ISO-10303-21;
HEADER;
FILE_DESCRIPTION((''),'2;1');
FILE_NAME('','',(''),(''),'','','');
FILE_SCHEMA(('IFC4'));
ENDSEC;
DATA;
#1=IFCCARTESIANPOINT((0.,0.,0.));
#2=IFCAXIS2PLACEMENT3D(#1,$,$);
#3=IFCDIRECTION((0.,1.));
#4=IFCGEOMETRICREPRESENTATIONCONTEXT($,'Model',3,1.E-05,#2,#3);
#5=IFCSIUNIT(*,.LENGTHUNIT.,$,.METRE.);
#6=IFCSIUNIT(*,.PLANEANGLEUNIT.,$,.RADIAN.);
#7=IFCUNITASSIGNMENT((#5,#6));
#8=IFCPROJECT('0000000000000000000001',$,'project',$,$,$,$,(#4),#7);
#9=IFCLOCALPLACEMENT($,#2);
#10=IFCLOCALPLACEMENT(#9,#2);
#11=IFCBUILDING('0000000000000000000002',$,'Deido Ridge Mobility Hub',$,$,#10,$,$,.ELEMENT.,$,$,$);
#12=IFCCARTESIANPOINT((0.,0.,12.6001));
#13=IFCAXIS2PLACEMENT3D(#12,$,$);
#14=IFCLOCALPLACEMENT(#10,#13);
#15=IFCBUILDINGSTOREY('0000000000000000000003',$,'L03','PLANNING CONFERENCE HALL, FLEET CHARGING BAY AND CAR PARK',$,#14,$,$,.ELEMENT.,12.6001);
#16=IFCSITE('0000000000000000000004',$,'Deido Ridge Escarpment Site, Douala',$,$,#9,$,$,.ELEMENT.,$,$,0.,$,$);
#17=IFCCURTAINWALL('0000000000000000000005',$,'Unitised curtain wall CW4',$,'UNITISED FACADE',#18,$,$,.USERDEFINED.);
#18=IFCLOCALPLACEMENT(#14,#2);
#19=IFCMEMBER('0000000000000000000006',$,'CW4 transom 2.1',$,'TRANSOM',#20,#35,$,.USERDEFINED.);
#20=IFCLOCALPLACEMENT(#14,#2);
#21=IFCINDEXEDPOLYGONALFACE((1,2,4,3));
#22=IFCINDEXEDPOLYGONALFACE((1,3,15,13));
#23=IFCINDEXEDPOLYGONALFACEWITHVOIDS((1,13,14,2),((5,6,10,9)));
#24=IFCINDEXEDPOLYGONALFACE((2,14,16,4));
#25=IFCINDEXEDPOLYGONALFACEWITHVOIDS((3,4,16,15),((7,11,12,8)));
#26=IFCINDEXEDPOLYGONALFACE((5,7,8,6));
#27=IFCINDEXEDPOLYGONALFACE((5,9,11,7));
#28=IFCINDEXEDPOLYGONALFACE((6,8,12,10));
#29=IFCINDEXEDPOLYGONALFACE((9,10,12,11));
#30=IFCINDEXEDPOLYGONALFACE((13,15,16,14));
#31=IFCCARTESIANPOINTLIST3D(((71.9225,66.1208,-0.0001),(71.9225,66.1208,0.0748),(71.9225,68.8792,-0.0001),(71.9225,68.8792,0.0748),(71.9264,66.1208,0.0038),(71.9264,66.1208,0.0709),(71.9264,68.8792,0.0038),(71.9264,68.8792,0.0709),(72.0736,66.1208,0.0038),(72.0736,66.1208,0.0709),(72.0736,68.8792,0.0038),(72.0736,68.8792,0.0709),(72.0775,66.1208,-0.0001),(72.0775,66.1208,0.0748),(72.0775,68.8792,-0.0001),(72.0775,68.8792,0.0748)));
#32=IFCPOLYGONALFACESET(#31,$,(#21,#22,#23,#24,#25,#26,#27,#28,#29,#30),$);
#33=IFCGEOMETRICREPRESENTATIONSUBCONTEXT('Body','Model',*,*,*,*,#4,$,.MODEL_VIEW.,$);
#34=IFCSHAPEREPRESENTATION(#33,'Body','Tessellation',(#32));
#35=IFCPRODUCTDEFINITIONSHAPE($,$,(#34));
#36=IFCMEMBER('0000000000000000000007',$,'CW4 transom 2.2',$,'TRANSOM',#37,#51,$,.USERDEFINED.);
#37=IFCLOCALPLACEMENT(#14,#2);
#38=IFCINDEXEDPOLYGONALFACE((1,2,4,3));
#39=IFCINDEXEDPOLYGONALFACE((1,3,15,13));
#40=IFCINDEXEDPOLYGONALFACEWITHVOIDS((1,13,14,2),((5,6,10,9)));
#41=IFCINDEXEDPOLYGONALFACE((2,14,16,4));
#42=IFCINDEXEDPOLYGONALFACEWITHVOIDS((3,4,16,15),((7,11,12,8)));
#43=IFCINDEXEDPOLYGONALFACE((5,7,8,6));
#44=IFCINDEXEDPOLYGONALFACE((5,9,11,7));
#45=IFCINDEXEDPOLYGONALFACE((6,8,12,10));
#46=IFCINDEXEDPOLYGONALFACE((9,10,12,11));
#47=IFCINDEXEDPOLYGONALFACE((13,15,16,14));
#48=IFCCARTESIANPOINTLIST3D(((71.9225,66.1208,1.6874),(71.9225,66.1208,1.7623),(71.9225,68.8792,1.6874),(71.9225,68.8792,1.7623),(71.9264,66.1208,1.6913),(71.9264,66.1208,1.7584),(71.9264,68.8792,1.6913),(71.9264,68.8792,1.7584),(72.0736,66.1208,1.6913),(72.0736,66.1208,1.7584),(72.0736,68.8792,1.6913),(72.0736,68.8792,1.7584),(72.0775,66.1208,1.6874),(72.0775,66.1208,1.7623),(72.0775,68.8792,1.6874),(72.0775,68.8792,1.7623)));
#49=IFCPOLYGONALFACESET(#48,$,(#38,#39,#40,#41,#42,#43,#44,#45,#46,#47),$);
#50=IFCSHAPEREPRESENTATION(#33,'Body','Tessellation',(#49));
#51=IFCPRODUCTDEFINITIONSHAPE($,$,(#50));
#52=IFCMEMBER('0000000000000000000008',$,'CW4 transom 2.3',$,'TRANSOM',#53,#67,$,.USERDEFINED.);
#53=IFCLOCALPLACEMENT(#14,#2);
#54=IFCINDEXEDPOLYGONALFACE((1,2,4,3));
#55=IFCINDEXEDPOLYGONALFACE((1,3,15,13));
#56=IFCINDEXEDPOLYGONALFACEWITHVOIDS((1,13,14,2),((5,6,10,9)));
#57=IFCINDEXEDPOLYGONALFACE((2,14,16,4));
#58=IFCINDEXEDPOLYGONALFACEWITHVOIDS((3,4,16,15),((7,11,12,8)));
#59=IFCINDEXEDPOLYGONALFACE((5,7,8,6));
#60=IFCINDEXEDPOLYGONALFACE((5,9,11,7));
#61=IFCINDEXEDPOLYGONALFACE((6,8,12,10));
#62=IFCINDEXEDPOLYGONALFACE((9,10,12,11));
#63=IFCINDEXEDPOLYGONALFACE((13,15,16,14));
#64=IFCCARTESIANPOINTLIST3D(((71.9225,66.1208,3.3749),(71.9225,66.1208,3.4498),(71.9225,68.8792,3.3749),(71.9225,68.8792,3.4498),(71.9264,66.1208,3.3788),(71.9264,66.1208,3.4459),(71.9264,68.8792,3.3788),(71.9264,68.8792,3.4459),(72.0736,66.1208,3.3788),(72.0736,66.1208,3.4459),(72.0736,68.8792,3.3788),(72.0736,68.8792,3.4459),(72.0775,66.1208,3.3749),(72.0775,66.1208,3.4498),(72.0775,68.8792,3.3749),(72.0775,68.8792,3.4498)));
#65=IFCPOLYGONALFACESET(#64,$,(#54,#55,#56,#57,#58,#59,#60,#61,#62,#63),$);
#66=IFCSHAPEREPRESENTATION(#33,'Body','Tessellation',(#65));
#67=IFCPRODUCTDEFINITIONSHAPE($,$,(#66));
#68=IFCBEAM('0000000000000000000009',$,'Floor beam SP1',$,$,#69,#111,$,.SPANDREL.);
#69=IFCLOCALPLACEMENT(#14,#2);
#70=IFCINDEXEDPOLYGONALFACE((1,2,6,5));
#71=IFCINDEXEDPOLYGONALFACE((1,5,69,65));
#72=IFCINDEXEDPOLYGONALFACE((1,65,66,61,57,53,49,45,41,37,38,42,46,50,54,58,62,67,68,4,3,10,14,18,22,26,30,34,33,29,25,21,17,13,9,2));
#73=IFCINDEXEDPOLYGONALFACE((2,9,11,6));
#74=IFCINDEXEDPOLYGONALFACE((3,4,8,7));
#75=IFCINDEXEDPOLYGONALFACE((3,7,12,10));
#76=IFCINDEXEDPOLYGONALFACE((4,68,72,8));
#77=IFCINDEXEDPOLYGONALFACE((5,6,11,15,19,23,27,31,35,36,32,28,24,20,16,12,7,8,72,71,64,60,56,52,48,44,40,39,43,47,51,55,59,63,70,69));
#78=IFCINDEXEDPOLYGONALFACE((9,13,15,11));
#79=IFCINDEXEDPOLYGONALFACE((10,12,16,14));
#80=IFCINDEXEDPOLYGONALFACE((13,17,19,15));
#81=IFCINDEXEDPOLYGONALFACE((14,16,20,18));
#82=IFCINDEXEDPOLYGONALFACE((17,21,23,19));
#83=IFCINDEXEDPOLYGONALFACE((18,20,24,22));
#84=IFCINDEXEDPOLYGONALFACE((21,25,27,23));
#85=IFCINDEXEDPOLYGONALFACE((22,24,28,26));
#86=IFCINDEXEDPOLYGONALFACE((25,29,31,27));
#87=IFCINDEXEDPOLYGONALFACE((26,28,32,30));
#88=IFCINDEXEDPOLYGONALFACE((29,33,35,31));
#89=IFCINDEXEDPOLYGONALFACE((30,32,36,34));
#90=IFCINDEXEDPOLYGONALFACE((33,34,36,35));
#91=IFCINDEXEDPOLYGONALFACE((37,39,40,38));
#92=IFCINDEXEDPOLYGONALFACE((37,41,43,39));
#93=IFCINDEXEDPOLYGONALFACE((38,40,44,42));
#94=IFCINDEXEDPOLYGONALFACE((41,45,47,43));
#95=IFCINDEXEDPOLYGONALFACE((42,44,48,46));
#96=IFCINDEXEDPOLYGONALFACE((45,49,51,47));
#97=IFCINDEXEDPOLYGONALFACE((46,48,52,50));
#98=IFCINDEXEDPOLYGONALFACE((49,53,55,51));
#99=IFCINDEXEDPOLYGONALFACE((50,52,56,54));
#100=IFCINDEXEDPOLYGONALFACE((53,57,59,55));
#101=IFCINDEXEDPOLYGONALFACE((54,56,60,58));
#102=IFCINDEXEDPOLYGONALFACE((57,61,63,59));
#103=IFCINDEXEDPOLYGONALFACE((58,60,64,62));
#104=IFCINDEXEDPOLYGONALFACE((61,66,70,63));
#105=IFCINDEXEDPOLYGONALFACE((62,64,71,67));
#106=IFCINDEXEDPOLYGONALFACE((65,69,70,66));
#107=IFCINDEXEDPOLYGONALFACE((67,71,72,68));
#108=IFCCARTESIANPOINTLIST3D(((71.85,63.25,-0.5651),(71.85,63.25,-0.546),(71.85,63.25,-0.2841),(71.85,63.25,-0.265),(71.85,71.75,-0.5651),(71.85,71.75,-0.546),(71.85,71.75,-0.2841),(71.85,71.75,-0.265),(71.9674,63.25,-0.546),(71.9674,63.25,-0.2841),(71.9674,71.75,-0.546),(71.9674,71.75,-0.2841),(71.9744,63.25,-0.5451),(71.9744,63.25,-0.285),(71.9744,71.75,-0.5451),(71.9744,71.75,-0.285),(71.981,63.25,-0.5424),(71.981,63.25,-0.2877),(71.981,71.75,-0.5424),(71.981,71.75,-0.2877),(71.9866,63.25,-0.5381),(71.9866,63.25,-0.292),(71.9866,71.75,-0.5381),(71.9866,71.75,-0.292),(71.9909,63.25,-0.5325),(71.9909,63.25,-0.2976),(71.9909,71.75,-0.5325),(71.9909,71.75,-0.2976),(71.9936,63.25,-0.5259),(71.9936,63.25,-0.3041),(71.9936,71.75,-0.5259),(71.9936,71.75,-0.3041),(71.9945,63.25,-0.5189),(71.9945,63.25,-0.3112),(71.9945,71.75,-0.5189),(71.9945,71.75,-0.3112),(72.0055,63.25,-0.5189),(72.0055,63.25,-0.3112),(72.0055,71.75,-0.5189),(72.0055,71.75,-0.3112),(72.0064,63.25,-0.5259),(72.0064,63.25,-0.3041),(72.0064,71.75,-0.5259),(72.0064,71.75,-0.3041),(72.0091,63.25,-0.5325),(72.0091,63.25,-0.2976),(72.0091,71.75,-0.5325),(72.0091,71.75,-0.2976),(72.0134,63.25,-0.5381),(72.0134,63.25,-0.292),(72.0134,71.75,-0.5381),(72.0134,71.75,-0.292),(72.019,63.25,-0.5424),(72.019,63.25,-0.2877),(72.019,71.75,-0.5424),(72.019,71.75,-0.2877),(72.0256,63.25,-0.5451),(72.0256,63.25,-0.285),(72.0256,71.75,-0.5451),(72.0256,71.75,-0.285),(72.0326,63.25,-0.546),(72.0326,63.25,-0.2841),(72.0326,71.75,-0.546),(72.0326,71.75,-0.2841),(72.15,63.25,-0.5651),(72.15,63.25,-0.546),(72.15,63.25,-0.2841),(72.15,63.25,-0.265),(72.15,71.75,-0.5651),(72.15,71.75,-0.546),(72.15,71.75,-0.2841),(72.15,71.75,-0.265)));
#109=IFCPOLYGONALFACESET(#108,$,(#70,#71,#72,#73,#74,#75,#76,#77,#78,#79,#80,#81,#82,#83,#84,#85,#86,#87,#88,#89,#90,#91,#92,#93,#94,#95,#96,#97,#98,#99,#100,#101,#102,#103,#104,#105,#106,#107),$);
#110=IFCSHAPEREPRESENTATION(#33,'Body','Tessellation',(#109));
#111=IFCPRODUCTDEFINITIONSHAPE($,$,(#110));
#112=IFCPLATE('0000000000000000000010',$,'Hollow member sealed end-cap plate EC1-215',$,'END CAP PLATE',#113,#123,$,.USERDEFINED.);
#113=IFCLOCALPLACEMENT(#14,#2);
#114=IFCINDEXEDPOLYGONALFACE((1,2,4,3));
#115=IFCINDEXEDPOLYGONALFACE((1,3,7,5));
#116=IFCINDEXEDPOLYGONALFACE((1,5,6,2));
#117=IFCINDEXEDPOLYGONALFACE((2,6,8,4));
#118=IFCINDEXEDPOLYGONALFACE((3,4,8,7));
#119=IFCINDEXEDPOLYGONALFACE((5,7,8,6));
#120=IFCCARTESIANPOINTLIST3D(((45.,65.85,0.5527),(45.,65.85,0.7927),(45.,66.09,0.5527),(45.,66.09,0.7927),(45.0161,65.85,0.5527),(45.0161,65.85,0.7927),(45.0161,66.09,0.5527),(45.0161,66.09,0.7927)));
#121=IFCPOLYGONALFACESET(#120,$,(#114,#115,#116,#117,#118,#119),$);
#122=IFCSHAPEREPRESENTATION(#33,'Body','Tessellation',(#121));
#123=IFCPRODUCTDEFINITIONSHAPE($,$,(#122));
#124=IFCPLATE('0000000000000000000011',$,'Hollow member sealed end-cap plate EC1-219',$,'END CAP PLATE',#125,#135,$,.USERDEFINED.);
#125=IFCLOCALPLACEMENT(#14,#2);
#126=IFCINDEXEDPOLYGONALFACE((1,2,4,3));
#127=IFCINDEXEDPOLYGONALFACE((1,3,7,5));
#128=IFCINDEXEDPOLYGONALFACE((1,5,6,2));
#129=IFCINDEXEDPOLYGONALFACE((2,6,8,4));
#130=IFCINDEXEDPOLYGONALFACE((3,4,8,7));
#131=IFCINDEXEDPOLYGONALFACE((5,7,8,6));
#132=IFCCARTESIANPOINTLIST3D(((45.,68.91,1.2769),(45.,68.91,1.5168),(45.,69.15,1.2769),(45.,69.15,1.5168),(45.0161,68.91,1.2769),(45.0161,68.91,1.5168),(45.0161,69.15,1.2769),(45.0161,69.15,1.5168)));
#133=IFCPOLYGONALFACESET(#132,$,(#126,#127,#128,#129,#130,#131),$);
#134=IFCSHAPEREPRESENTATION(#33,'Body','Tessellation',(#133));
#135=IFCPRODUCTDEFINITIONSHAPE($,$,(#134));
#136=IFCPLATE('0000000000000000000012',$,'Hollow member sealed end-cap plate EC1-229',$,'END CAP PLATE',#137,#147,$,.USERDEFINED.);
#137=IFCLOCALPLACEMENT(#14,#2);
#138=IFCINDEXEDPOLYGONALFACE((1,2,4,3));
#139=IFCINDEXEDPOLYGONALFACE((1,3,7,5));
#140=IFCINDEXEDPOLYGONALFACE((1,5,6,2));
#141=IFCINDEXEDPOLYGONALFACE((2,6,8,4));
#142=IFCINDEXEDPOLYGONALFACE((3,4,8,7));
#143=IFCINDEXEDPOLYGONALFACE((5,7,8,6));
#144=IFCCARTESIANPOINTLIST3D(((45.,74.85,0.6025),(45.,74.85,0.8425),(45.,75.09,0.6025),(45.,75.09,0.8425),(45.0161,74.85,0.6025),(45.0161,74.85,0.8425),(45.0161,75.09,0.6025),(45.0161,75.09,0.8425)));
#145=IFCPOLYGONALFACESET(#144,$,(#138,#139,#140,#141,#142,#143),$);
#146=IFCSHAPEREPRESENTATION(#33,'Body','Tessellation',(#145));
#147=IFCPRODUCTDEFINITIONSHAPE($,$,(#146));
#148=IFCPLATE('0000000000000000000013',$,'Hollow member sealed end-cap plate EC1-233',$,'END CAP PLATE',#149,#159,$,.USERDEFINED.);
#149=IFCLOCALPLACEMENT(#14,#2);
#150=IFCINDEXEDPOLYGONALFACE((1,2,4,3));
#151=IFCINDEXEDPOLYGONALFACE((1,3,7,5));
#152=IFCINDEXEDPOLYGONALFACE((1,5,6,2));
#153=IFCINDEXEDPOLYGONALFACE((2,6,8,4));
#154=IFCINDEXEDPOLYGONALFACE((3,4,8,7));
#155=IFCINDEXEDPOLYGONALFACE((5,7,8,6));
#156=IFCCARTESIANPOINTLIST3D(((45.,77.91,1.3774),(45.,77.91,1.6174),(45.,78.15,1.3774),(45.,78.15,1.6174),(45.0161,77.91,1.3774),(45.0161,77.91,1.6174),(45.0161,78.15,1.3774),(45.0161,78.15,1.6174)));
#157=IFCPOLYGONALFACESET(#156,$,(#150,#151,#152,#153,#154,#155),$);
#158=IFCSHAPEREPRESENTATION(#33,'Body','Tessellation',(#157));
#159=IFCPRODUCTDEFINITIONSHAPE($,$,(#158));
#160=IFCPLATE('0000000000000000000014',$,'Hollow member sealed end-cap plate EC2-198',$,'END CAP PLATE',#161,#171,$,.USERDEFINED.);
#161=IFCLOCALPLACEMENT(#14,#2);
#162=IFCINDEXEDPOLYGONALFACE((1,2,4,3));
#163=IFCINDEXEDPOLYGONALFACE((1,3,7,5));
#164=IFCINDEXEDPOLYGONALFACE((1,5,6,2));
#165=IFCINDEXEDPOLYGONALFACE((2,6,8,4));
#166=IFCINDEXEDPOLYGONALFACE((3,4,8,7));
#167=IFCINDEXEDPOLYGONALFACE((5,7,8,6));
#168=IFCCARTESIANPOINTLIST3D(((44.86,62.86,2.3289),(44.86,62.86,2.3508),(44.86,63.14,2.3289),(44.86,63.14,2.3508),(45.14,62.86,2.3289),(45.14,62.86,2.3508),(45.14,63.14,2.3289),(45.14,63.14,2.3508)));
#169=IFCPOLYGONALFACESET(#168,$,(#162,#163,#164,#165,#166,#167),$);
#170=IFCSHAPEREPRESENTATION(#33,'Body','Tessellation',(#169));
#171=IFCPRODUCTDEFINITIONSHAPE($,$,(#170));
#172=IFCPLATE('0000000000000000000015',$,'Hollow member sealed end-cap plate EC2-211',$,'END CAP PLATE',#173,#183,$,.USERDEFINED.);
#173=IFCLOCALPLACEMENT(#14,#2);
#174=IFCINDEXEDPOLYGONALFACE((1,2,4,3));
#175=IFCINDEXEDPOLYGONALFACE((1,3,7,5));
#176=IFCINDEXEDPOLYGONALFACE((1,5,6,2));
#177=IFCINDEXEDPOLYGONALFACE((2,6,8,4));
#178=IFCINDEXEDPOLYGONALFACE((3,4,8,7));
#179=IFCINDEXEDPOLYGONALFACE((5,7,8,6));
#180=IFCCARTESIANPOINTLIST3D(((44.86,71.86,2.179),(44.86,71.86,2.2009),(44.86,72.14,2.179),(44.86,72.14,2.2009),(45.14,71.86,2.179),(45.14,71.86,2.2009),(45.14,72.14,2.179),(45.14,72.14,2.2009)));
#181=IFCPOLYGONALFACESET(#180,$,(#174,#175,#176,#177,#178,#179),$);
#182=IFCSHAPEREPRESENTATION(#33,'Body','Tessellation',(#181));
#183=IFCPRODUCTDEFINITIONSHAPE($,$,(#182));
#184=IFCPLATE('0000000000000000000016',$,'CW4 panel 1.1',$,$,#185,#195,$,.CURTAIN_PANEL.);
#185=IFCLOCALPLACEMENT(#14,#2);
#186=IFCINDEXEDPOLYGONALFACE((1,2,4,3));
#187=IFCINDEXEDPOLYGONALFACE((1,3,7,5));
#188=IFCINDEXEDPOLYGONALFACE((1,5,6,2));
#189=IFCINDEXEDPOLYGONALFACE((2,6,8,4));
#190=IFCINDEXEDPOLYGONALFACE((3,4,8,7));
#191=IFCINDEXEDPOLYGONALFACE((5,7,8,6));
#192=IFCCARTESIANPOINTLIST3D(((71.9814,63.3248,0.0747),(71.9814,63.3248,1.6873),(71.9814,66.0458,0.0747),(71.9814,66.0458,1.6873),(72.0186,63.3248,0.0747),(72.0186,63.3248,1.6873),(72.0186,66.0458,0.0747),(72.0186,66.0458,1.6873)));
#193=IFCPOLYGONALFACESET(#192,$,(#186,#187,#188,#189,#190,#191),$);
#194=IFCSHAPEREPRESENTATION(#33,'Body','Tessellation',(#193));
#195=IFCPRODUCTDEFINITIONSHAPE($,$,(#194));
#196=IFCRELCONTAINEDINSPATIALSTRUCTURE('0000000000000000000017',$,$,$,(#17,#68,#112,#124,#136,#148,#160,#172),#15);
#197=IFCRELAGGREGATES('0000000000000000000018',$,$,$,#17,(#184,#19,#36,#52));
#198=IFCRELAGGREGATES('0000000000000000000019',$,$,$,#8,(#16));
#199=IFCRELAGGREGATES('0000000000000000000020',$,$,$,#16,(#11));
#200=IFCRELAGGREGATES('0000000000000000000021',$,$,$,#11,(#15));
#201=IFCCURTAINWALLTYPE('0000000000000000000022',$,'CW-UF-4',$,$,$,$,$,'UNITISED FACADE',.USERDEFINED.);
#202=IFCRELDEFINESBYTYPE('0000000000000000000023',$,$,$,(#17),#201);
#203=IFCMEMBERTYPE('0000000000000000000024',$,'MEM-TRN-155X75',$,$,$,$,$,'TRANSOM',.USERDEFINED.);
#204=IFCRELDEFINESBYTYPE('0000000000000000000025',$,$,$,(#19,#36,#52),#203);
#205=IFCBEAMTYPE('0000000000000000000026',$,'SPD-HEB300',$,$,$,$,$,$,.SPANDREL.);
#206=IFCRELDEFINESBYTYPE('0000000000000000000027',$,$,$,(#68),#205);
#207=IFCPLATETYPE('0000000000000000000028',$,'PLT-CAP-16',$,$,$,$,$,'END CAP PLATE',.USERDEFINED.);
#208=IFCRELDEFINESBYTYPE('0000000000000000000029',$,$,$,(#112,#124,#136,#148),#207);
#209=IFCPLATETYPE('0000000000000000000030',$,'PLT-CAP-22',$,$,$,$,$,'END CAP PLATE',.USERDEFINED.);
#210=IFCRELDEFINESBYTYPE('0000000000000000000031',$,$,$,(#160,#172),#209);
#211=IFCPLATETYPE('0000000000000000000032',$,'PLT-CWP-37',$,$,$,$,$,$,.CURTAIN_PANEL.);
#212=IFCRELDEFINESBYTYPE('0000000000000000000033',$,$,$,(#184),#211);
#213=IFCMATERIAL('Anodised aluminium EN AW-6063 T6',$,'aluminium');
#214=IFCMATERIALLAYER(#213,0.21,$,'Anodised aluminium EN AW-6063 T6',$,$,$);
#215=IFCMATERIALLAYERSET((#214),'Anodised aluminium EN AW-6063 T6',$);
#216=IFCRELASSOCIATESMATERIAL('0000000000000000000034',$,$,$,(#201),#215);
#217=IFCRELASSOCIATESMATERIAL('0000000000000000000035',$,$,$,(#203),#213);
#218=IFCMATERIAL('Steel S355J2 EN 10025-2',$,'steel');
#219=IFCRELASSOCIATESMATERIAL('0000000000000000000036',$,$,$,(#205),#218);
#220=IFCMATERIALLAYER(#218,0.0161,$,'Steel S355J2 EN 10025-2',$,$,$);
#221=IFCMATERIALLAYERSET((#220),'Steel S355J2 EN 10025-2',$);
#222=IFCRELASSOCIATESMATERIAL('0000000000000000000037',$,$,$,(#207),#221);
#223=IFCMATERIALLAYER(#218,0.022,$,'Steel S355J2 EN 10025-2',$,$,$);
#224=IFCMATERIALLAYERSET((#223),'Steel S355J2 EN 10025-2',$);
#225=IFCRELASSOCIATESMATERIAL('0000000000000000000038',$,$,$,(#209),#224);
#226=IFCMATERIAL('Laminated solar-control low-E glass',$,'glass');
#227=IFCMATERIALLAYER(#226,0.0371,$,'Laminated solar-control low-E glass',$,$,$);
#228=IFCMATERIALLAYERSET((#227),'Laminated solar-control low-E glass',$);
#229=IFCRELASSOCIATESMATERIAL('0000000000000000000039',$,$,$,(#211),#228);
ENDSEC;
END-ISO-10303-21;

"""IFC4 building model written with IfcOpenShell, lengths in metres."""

from ifc_helpers import new_model, si_unit, direction, frame, origin, origin_2d, place, context, subcontext, project, spatial, rectangle, hollow_rectangle, i_section, extrude, material, layer, layer_set, material_profile, profile_set, type_object, element, aggregate, save


model = new_model("IFC4")

# Units and contexts
model_context = context("Model", 3, precision=1e-05, world=origin(), true_north=direction((0.0, 1.0)))
body_context = subcontext(model_context, "Body", "Model", "MODEL_VIEW")
ifc_project = project(units=[si_unit("LENGTHUNIT", "METRE"), si_unit("PLANEANGLEUNIT", "RADIAN")], contexts=[model_context])

# Site, building, storey
site_placement = place(None, origin())
site = spatial("IfcSite", under=ifc_project, at=site_placement, Name="Deido Ridge Escarpment Site, Douala", CompositionType="ELEMENT", RefElevation=0.0)
building_placement = place(site_placement, origin())
building = spatial("IfcBuilding", under=site, at=building_placement, Name="Deido Ridge Mobility Hub", CompositionType="ELEMENT")
storey_placement = place(building_placement, frame((0.0, 0.0, 12.6001)))
storey = spatial("IfcBuildingStorey", under=building, at=storey_placement, Name="L03", Description="PLANNING CONFERENCE HALL, FLEET CHARGING BAY AND CAR PARK", CompositionType="ELEMENT", Elevation=12.6001)

# Shared definitions
ifc_material_1 = material(Name="Steel S355J2 EN 10025-2", Category="steel")

# Shared definitions
ifc_material_2 = material(Name="Anodised aluminium EN AW-6063 T6", Category="aluminium")

# Curtain wall
ifc_layer_1 = layer(ifc_material_2, 0.21, Name="Anodised aluminium EN AW-6063 T6")
ifc_layer_set_1 = layer_set([ifc_layer_1], Name="Anodised aluminium EN AW-6063 T6")
curtain_wall_type_1 = type_object("IfcCurtainWallType", Name="CW-UF-4", ElementType="UNITISED FACADE", PredefinedType="USERDEFINED", material=ifc_layer_set_1)
curtain_wall_1_placement = place(storey_placement, origin())
curtain_wall_1 = element("IfcCurtainWall", 1, at=curtain_wall_1_placement, inside=storey, type_object=curtain_wall_type_1, Name="Unitised curtain wall CW4", ObjectType="UNITISED FACADE", PredefinedType="USERDEFINED")

# Members
ifc_material_profile_1 = material_profile(ifc_material_2, hollow_rectangle(XDim=0.155, YDim=0.075, WallThickness=0.0039, at=origin_2d()), Name="RHS 155x75x4")
ifc_profile_set_1 = profile_set([ifc_material_profile_1], Name="Anodised aluminium EN AW-6063 T6")
member_type_1 = type_object("IfcMemberType", Name="MEM-TRN-155X75", ElementType="TRANSOM", PredefinedType="USERDEFINED", material=ifc_profile_set_1)
member_1_placement = place(storey_placement, frame((72.0, 66.1208, 0.0374), z_axis=(0.0, 1.0, 0.0), x_axis=(-1.0, 0.0, 0.0)))
member_1 = element("IfcMember", 2, at=member_1_placement, type_object=member_type_1, Name="CW4 transom 2.1", ObjectType="TRANSOM", PredefinedType="USERDEFINED", context=body_context, shape_type="SweptSolid", body=[
    extrude(hollow_rectangle(XDim=0.155, YDim=0.075, WallThickness=0.0039, at=origin_2d()), origin(), (0.0, 0.0, 1.0), 2.7583),
])
member_2_placement = place(storey_placement, frame((72.0, 66.1208, 1.7249), z_axis=(0.0, 1.0, 0.0), x_axis=(-1.0, 0.0, 0.0)))
member_2 = element("IfcMember", 3, at=member_2_placement, type_object=member_type_1, Name="CW4 transom 2.2", ObjectType="TRANSOM", PredefinedType="USERDEFINED", context=body_context, shape_type="SweptSolid", body=[
    extrude(hollow_rectangle(XDim=0.155, YDim=0.075, WallThickness=0.0039, at=origin_2d()), origin(), (0.0, 0.0, 1.0), 2.7583),
])
member_3_placement = place(storey_placement, frame((72.0, 66.1208, 3.4124), z_axis=(0.0, 1.0, 0.0), x_axis=(-1.0, 0.0, 0.0)))
member_3 = element("IfcMember", 4, at=member_3_placement, type_object=member_type_1, Name="CW4 transom 2.3", ObjectType="TRANSOM", PredefinedType="USERDEFINED", context=body_context, shape_type="SweptSolid", body=[
    extrude(hollow_rectangle(XDim=0.155, YDim=0.075, WallThickness=0.0039, at=origin_2d()), origin(), (0.0, 0.0, 1.0), 2.7583),
])

# Beam
ifc_material_profile_2 = material_profile(ifc_material_1, i_section(OverallWidth=0.3, OverallDepth=0.3, WebThickness=0.011, FlangeThickness=0.019, FilletRadius=0.0271, at=origin_2d()), Name="HEB 300")
ifc_profile_set_2 = profile_set([ifc_material_profile_2], Name="Steel S355J2 EN 10025-2")
beam_type = type_object("IfcBeamType", Name="SPD-HEB300", PredefinedType="SPANDREL", material=ifc_profile_set_2)
beam_placement = place(storey_placement, frame((72.0, 63.25, -0.415), z_axis=(0.0, 1.0, 0.0), x_axis=(-1.0, 0.0, 0.0)))
element("IfcBeam", 5, at=beam_placement, inside=storey, type_object=beam_type, Name="Floor beam SP1", PredefinedType="SPANDREL", context=body_context, shape_type="SweptSolid", body=[
    extrude(i_section(OverallWidth=0.3, OverallDepth=0.3, WebThickness=0.011, FlangeThickness=0.019, FilletRadius=0.0271, at=origin_2d()), origin(), (0.0, 0.0, 1.0), 8.5),
])

# Plates
ifc_layer_2 = layer(ifc_material_1, 0.0161, Name="Steel S355J2 EN 10025-2")
ifc_layer_set_2 = layer_set([ifc_layer_2], Name="Steel S355J2 EN 10025-2")
plate_type_1 = type_object("IfcPlateType", Name="PLT-CAP-16", ElementType="END CAP PLATE", PredefinedType="USERDEFINED", material=ifc_layer_set_2)
for number, where, z_axis, x_axis, name in (
    (6, (45.0081, 65.97, 0.5527), (0.0, 0.0, 1.0), (1.0, 0.0, 0.0), "Hollow member sealed end-cap plate EC1-215"),
    (7, (45.0081, 69.03, 1.2769), (0.0, 0.0, 1.0), (1.0, 0.0, 0.0), "Hollow member sealed end-cap plate EC1-219"),
    (8, (45.0081, 74.97, 0.6025), (0.0, 0.0, 1.0), (1.0, 0.0, 0.0), "Hollow member sealed end-cap plate EC1-229"),
    (9, (45.0081, 78.03, 1.3774), (0.0, 0.0, 1.0), (1.0, 0.0, 0.0), "Hollow member sealed end-cap plate EC1-233"),
):
    element("IfcPlate", number, at=place(storey_placement, frame(where, z_axis=z_axis, x_axis=x_axis)), inside=storey, type_object=plate_type_1, Name=name, ObjectType="END CAP PLATE", PredefinedType="USERDEFINED", context=body_context, shape_type="SweptSolid", body=[
        extrude(rectangle(XDim=0.0161, YDim=0.24, at=origin_2d()), origin(), (0.0, 0.0, 1.0), 0.24),
    ])
ifc_layer_3 = layer(ifc_material_1, 0.022, Name="Steel S355J2 EN 10025-2")
ifc_layer_set_3 = layer_set([ifc_layer_3], Name="Steel S355J2 EN 10025-2")
plate_type_2 = type_object("IfcPlateType", Name="PLT-CAP-22", ElementType="END CAP PLATE", PredefinedType="USERDEFINED", material=ifc_layer_set_3)
for number, where, z_axis, x_axis, name in (
    (10, (45.0, 63.0, 2.3289), (0.0, 0.0, 1.0), (1.0, 0.0, 0.0), "Hollow member sealed end-cap plate EC2-198"),
    (11, (45.0, 72.0, 2.179), (0.0, 0.0, 1.0), (1.0, 0.0, 0.0), "Hollow member sealed end-cap plate EC2-211"),
):
    element("IfcPlate", number, at=place(storey_placement, frame(where, z_axis=z_axis, x_axis=x_axis)), inside=storey, type_object=plate_type_2, Name=name, ObjectType="END CAP PLATE", PredefinedType="USERDEFINED", context=body_context, shape_type="SweptSolid", body=[
        extrude(rectangle(XDim=0.28, YDim=0.28, at=origin_2d()), origin(), (0.0, 0.0, 1.0), 0.022),
    ])

# Plate
ifc_material_3 = material(Name="Laminated solar-control low-E glass", Category="glass")
ifc_layer_4 = layer(ifc_material_3, 0.0371, Name="Laminated solar-control low-E glass")
ifc_layer_set_4 = layer_set([ifc_layer_4], Name="Laminated solar-control low-E glass")
plate_type_3 = type_object("IfcPlateType", Name="PLT-CWP-37", PredefinedType="CURTAIN_PANEL", material=ifc_layer_set_4)
plate_1_placement = place(storey_placement, frame((72.0, 64.6853, 0.0747), z_axis=(0.0, 0.0, 1.0), x_axis=(0.0, 1.0, 0.0)))
plate_1 = element("IfcPlate", 12, at=plate_1_placement, type_object=plate_type_3, Name="CW4 panel 1.1", PredefinedType="CURTAIN_PANEL", context=body_context, shape_type="SweptSolid", body=[
    extrude(rectangle(XDim=2.7209, YDim=0.0371, at=origin_2d()), origin(), (0.0, 0.0, 1.0), 1.6125),
])
aggregate(curtain_wall_1, [plate_1, member_1, member_2, member_3])

save(model, "model.ifc")
